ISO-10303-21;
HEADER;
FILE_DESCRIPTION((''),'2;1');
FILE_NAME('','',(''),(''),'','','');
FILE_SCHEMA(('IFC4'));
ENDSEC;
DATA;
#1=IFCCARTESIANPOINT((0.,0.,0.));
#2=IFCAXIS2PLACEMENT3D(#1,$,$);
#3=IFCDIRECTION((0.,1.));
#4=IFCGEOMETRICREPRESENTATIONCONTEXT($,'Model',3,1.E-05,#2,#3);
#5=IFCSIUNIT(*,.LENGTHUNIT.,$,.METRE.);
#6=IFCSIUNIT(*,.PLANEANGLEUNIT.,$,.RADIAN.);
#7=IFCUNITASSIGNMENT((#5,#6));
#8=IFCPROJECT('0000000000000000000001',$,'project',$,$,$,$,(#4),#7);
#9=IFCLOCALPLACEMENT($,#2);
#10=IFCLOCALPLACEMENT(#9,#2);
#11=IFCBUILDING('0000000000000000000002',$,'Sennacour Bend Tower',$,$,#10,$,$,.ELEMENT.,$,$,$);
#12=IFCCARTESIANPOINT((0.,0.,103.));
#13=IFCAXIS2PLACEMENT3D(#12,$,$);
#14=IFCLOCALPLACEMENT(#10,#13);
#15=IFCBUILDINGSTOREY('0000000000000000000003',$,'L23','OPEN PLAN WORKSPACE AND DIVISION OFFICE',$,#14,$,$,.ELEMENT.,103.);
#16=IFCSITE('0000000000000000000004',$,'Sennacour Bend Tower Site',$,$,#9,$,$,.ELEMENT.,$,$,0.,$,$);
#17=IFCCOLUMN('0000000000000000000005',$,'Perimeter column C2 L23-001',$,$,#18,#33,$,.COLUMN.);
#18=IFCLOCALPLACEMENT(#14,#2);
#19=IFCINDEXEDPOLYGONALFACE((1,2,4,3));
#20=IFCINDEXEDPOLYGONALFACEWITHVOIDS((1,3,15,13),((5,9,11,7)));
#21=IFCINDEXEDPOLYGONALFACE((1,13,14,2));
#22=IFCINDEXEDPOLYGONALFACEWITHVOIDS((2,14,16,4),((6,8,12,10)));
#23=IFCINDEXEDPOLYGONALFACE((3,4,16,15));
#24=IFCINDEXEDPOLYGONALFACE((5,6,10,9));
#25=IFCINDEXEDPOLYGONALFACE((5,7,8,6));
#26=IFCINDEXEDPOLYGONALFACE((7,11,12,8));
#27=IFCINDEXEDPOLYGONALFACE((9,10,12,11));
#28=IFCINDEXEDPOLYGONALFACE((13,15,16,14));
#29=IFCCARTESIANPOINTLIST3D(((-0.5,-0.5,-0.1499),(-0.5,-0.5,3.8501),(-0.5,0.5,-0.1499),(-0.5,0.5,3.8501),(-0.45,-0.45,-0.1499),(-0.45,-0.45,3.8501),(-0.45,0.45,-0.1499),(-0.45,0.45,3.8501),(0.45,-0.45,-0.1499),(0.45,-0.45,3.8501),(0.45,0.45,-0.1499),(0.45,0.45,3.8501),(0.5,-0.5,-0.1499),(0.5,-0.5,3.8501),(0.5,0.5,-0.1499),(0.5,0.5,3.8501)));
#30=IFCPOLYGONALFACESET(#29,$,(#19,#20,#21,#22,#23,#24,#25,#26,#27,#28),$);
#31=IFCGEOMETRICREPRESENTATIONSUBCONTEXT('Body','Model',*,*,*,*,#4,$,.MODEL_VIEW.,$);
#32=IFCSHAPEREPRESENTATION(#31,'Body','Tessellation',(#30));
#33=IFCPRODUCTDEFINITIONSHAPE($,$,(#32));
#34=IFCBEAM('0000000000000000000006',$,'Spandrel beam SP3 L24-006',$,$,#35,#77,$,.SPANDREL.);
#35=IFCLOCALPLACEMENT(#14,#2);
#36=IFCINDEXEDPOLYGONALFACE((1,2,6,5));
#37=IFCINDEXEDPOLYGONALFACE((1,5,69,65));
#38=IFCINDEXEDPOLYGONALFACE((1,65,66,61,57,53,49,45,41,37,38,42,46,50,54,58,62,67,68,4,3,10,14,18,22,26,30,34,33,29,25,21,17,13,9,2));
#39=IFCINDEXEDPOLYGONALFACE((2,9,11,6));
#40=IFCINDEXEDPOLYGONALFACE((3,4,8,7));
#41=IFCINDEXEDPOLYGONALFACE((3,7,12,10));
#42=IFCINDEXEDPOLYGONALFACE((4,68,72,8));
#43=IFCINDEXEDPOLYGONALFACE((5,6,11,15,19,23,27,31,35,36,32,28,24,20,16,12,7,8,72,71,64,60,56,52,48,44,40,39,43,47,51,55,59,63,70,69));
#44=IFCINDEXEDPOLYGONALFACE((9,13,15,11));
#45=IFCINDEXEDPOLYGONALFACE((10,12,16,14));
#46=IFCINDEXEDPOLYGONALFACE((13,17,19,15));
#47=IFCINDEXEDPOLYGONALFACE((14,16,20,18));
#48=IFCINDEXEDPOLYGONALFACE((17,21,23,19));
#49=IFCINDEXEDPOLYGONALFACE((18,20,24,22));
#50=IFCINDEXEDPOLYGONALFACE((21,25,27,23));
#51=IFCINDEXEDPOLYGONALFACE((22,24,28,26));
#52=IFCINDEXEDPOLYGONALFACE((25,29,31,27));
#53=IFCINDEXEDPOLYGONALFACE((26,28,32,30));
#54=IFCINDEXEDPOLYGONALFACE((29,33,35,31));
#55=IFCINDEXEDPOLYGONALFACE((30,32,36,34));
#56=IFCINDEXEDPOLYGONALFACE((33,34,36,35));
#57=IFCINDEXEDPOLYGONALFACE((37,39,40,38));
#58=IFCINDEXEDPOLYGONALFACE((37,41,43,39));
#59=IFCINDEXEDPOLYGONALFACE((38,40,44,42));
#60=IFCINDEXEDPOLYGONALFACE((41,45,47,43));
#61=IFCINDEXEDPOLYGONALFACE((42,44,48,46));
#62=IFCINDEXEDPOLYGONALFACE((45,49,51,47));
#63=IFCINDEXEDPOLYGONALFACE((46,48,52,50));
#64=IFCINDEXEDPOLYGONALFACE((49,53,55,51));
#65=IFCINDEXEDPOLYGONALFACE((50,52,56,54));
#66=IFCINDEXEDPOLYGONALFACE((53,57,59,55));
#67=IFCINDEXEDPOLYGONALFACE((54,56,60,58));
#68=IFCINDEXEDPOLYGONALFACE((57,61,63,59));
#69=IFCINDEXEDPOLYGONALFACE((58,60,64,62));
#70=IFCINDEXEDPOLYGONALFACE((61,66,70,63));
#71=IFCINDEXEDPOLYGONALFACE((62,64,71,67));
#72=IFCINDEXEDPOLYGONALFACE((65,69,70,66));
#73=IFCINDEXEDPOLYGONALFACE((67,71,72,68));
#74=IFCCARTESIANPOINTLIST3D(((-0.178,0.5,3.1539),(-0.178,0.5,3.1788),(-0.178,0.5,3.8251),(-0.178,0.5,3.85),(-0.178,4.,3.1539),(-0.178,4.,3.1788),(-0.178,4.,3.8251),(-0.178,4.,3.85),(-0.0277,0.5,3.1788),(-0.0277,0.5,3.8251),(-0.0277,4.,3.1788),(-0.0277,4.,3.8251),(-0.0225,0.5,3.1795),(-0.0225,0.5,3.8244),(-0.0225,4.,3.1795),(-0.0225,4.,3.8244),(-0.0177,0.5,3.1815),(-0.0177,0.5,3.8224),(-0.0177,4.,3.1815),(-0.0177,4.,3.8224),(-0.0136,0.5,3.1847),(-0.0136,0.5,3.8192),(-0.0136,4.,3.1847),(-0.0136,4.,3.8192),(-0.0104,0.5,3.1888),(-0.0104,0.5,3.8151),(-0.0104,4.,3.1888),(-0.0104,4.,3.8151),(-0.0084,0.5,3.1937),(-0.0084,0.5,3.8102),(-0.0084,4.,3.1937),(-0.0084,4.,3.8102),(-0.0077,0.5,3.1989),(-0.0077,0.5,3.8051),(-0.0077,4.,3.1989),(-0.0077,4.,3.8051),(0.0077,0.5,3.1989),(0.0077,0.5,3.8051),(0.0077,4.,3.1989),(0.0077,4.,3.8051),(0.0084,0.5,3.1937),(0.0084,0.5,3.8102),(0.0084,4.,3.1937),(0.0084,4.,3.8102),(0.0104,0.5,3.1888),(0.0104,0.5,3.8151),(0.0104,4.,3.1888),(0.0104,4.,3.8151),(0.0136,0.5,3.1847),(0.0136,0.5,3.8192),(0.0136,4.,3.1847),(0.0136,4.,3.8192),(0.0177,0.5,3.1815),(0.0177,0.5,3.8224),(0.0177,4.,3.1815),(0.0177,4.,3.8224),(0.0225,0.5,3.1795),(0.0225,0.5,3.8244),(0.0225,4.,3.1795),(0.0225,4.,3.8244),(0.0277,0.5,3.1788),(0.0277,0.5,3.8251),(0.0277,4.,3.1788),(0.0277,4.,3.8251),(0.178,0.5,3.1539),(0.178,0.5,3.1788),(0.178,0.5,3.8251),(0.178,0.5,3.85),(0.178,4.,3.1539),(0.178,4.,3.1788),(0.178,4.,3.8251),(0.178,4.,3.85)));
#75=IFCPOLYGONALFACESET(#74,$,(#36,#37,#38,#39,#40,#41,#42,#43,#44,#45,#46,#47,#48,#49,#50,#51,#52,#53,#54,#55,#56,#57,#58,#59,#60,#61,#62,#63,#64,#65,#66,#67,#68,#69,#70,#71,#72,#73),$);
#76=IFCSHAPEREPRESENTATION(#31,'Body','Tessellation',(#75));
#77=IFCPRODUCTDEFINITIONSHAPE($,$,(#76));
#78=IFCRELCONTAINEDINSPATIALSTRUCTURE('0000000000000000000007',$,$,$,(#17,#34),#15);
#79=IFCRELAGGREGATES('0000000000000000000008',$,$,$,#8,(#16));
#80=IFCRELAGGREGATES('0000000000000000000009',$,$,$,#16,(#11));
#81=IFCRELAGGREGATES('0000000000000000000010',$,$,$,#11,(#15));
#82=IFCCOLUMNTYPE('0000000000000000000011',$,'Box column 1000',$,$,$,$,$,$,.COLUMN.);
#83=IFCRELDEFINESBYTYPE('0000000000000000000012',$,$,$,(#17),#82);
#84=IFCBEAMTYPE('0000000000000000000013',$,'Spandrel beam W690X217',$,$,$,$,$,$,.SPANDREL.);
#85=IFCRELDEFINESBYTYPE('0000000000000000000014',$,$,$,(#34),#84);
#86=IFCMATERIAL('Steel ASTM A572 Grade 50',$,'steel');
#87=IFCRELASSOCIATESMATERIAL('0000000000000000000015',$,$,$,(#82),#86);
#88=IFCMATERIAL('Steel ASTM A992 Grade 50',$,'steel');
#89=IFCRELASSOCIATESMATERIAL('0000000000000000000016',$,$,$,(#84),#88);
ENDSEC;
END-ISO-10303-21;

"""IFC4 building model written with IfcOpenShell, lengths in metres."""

from ifc_helpers import new_model, si_unit, direction, frame, origin, origin_2d, place, context, subcontext, project, spatial, hollow_rectangle, i_section, extrude, material, material_profile, profile_set, type_object, element, save


model = new_model("IFC4")

# Units and contexts
model_context = context("Model", 3, precision=1e-05, world=origin(), true_north=direction((0.0, 1.0)))
body_context = subcontext(model_context, "Body", "Model", "MODEL_VIEW")
ifc_project = project(units=[si_unit("LENGTHUNIT", "METRE"), si_unit("PLANEANGLEUNIT", "RADIAN")], contexts=[model_context])

# Site, building, storey
site_placement = place(None, origin())
site = spatial("IfcSite", under=ifc_project, at=site_placement, Name="Sennacour Bend Tower Site", CompositionType="ELEMENT", RefElevation=0.0)
building_placement = place(site_placement, origin())
building = spatial("IfcBuilding", under=site, at=building_placement, Name="Sennacour Bend Tower", CompositionType="ELEMENT")
storey_placement = place(building_placement, frame((0.0, 0.0, 103.0)))
storey = spatial("IfcBuildingStorey", under=building, at=storey_placement, Name="L23", Description="OPEN PLAN WORKSPACE AND DIVISION OFFICE", CompositionType="ELEMENT", Elevation=103.0)

# Column
ifc_material_1 = material(Name="Steel ASTM A572 Grade 50", Category="steel")
ifc_material_profile_1 = material_profile(ifc_material_1, hollow_rectangle(XDim=1.0, YDim=1.0, WallThickness=0.05, at=origin_2d()), Name="Steel ASTM A572 Grade 50", Category="steel")
ifc_profile_set_1 = profile_set([ifc_material_profile_1], Name="Steel ASTM A572 Grade 50")
column_type = type_object("IfcColumnType", Name="Box column 1000", PredefinedType="COLUMN", material=ifc_profile_set_1)
column_placement = place(storey_placement, frame((0.0, 0.0, -0.1499), z_axis=(0.0, 0.0, 1.0), x_axis=(1.0, 0.0, 0.0)))
element("IfcColumn", 1, at=column_placement, inside=storey, type_object=column_type, Name="Perimeter column C2 L23-001", PredefinedType="COLUMN", context=body_context, shape_type="SweptSolid", body=[
    extrude(hollow_rectangle(XDim=1.0, YDim=1.0, WallThickness=0.05, at=origin_2d()), origin(), (0.0, 0.0, 1.0), 4.0),
])

# Beam
ifc_material_2 = material(Name="Steel ASTM A992 Grade 50", Category="steel")
ifc_material_profile_2 = material_profile(ifc_material_2, i_section(OverallWidth=0.356, OverallDepth=0.696, WebThickness=0.0154, FlangeThickness=0.0249, FilletRadius=0.02, at=origin_2d()), Name="Steel ASTM A992 Grade 50", Category="steel")
ifc_profile_set_2 = profile_set([ifc_material_profile_2], Name="Steel ASTM A992 Grade 50")
beam_type = type_object("IfcBeamType", Name="Spandrel beam W690X217", PredefinedType="SPANDREL", material=ifc_profile_set_2)
beam_placement = place(storey_placement, frame((0.0, 0.5, 3.502), z_axis=(0.0, 1.0, 0.0), x_axis=(-1.0, 0.0, 0.0)))
element("IfcBeam", 2, at=beam_placement, inside=storey, type_object=beam_type, Name="Spandrel beam SP3 L24-006", PredefinedType="SPANDREL", context=body_context, shape_type="SweptSolid", body=[
    extrude(i_section(OverallWidth=0.356, OverallDepth=0.696, WebThickness=0.0154, FlangeThickness=0.0249, FilletRadius=0.02, at=origin_2d()), origin(), (0.0, 0.0, 1.0), 3.5),
])

save(model, "model.ifc")
